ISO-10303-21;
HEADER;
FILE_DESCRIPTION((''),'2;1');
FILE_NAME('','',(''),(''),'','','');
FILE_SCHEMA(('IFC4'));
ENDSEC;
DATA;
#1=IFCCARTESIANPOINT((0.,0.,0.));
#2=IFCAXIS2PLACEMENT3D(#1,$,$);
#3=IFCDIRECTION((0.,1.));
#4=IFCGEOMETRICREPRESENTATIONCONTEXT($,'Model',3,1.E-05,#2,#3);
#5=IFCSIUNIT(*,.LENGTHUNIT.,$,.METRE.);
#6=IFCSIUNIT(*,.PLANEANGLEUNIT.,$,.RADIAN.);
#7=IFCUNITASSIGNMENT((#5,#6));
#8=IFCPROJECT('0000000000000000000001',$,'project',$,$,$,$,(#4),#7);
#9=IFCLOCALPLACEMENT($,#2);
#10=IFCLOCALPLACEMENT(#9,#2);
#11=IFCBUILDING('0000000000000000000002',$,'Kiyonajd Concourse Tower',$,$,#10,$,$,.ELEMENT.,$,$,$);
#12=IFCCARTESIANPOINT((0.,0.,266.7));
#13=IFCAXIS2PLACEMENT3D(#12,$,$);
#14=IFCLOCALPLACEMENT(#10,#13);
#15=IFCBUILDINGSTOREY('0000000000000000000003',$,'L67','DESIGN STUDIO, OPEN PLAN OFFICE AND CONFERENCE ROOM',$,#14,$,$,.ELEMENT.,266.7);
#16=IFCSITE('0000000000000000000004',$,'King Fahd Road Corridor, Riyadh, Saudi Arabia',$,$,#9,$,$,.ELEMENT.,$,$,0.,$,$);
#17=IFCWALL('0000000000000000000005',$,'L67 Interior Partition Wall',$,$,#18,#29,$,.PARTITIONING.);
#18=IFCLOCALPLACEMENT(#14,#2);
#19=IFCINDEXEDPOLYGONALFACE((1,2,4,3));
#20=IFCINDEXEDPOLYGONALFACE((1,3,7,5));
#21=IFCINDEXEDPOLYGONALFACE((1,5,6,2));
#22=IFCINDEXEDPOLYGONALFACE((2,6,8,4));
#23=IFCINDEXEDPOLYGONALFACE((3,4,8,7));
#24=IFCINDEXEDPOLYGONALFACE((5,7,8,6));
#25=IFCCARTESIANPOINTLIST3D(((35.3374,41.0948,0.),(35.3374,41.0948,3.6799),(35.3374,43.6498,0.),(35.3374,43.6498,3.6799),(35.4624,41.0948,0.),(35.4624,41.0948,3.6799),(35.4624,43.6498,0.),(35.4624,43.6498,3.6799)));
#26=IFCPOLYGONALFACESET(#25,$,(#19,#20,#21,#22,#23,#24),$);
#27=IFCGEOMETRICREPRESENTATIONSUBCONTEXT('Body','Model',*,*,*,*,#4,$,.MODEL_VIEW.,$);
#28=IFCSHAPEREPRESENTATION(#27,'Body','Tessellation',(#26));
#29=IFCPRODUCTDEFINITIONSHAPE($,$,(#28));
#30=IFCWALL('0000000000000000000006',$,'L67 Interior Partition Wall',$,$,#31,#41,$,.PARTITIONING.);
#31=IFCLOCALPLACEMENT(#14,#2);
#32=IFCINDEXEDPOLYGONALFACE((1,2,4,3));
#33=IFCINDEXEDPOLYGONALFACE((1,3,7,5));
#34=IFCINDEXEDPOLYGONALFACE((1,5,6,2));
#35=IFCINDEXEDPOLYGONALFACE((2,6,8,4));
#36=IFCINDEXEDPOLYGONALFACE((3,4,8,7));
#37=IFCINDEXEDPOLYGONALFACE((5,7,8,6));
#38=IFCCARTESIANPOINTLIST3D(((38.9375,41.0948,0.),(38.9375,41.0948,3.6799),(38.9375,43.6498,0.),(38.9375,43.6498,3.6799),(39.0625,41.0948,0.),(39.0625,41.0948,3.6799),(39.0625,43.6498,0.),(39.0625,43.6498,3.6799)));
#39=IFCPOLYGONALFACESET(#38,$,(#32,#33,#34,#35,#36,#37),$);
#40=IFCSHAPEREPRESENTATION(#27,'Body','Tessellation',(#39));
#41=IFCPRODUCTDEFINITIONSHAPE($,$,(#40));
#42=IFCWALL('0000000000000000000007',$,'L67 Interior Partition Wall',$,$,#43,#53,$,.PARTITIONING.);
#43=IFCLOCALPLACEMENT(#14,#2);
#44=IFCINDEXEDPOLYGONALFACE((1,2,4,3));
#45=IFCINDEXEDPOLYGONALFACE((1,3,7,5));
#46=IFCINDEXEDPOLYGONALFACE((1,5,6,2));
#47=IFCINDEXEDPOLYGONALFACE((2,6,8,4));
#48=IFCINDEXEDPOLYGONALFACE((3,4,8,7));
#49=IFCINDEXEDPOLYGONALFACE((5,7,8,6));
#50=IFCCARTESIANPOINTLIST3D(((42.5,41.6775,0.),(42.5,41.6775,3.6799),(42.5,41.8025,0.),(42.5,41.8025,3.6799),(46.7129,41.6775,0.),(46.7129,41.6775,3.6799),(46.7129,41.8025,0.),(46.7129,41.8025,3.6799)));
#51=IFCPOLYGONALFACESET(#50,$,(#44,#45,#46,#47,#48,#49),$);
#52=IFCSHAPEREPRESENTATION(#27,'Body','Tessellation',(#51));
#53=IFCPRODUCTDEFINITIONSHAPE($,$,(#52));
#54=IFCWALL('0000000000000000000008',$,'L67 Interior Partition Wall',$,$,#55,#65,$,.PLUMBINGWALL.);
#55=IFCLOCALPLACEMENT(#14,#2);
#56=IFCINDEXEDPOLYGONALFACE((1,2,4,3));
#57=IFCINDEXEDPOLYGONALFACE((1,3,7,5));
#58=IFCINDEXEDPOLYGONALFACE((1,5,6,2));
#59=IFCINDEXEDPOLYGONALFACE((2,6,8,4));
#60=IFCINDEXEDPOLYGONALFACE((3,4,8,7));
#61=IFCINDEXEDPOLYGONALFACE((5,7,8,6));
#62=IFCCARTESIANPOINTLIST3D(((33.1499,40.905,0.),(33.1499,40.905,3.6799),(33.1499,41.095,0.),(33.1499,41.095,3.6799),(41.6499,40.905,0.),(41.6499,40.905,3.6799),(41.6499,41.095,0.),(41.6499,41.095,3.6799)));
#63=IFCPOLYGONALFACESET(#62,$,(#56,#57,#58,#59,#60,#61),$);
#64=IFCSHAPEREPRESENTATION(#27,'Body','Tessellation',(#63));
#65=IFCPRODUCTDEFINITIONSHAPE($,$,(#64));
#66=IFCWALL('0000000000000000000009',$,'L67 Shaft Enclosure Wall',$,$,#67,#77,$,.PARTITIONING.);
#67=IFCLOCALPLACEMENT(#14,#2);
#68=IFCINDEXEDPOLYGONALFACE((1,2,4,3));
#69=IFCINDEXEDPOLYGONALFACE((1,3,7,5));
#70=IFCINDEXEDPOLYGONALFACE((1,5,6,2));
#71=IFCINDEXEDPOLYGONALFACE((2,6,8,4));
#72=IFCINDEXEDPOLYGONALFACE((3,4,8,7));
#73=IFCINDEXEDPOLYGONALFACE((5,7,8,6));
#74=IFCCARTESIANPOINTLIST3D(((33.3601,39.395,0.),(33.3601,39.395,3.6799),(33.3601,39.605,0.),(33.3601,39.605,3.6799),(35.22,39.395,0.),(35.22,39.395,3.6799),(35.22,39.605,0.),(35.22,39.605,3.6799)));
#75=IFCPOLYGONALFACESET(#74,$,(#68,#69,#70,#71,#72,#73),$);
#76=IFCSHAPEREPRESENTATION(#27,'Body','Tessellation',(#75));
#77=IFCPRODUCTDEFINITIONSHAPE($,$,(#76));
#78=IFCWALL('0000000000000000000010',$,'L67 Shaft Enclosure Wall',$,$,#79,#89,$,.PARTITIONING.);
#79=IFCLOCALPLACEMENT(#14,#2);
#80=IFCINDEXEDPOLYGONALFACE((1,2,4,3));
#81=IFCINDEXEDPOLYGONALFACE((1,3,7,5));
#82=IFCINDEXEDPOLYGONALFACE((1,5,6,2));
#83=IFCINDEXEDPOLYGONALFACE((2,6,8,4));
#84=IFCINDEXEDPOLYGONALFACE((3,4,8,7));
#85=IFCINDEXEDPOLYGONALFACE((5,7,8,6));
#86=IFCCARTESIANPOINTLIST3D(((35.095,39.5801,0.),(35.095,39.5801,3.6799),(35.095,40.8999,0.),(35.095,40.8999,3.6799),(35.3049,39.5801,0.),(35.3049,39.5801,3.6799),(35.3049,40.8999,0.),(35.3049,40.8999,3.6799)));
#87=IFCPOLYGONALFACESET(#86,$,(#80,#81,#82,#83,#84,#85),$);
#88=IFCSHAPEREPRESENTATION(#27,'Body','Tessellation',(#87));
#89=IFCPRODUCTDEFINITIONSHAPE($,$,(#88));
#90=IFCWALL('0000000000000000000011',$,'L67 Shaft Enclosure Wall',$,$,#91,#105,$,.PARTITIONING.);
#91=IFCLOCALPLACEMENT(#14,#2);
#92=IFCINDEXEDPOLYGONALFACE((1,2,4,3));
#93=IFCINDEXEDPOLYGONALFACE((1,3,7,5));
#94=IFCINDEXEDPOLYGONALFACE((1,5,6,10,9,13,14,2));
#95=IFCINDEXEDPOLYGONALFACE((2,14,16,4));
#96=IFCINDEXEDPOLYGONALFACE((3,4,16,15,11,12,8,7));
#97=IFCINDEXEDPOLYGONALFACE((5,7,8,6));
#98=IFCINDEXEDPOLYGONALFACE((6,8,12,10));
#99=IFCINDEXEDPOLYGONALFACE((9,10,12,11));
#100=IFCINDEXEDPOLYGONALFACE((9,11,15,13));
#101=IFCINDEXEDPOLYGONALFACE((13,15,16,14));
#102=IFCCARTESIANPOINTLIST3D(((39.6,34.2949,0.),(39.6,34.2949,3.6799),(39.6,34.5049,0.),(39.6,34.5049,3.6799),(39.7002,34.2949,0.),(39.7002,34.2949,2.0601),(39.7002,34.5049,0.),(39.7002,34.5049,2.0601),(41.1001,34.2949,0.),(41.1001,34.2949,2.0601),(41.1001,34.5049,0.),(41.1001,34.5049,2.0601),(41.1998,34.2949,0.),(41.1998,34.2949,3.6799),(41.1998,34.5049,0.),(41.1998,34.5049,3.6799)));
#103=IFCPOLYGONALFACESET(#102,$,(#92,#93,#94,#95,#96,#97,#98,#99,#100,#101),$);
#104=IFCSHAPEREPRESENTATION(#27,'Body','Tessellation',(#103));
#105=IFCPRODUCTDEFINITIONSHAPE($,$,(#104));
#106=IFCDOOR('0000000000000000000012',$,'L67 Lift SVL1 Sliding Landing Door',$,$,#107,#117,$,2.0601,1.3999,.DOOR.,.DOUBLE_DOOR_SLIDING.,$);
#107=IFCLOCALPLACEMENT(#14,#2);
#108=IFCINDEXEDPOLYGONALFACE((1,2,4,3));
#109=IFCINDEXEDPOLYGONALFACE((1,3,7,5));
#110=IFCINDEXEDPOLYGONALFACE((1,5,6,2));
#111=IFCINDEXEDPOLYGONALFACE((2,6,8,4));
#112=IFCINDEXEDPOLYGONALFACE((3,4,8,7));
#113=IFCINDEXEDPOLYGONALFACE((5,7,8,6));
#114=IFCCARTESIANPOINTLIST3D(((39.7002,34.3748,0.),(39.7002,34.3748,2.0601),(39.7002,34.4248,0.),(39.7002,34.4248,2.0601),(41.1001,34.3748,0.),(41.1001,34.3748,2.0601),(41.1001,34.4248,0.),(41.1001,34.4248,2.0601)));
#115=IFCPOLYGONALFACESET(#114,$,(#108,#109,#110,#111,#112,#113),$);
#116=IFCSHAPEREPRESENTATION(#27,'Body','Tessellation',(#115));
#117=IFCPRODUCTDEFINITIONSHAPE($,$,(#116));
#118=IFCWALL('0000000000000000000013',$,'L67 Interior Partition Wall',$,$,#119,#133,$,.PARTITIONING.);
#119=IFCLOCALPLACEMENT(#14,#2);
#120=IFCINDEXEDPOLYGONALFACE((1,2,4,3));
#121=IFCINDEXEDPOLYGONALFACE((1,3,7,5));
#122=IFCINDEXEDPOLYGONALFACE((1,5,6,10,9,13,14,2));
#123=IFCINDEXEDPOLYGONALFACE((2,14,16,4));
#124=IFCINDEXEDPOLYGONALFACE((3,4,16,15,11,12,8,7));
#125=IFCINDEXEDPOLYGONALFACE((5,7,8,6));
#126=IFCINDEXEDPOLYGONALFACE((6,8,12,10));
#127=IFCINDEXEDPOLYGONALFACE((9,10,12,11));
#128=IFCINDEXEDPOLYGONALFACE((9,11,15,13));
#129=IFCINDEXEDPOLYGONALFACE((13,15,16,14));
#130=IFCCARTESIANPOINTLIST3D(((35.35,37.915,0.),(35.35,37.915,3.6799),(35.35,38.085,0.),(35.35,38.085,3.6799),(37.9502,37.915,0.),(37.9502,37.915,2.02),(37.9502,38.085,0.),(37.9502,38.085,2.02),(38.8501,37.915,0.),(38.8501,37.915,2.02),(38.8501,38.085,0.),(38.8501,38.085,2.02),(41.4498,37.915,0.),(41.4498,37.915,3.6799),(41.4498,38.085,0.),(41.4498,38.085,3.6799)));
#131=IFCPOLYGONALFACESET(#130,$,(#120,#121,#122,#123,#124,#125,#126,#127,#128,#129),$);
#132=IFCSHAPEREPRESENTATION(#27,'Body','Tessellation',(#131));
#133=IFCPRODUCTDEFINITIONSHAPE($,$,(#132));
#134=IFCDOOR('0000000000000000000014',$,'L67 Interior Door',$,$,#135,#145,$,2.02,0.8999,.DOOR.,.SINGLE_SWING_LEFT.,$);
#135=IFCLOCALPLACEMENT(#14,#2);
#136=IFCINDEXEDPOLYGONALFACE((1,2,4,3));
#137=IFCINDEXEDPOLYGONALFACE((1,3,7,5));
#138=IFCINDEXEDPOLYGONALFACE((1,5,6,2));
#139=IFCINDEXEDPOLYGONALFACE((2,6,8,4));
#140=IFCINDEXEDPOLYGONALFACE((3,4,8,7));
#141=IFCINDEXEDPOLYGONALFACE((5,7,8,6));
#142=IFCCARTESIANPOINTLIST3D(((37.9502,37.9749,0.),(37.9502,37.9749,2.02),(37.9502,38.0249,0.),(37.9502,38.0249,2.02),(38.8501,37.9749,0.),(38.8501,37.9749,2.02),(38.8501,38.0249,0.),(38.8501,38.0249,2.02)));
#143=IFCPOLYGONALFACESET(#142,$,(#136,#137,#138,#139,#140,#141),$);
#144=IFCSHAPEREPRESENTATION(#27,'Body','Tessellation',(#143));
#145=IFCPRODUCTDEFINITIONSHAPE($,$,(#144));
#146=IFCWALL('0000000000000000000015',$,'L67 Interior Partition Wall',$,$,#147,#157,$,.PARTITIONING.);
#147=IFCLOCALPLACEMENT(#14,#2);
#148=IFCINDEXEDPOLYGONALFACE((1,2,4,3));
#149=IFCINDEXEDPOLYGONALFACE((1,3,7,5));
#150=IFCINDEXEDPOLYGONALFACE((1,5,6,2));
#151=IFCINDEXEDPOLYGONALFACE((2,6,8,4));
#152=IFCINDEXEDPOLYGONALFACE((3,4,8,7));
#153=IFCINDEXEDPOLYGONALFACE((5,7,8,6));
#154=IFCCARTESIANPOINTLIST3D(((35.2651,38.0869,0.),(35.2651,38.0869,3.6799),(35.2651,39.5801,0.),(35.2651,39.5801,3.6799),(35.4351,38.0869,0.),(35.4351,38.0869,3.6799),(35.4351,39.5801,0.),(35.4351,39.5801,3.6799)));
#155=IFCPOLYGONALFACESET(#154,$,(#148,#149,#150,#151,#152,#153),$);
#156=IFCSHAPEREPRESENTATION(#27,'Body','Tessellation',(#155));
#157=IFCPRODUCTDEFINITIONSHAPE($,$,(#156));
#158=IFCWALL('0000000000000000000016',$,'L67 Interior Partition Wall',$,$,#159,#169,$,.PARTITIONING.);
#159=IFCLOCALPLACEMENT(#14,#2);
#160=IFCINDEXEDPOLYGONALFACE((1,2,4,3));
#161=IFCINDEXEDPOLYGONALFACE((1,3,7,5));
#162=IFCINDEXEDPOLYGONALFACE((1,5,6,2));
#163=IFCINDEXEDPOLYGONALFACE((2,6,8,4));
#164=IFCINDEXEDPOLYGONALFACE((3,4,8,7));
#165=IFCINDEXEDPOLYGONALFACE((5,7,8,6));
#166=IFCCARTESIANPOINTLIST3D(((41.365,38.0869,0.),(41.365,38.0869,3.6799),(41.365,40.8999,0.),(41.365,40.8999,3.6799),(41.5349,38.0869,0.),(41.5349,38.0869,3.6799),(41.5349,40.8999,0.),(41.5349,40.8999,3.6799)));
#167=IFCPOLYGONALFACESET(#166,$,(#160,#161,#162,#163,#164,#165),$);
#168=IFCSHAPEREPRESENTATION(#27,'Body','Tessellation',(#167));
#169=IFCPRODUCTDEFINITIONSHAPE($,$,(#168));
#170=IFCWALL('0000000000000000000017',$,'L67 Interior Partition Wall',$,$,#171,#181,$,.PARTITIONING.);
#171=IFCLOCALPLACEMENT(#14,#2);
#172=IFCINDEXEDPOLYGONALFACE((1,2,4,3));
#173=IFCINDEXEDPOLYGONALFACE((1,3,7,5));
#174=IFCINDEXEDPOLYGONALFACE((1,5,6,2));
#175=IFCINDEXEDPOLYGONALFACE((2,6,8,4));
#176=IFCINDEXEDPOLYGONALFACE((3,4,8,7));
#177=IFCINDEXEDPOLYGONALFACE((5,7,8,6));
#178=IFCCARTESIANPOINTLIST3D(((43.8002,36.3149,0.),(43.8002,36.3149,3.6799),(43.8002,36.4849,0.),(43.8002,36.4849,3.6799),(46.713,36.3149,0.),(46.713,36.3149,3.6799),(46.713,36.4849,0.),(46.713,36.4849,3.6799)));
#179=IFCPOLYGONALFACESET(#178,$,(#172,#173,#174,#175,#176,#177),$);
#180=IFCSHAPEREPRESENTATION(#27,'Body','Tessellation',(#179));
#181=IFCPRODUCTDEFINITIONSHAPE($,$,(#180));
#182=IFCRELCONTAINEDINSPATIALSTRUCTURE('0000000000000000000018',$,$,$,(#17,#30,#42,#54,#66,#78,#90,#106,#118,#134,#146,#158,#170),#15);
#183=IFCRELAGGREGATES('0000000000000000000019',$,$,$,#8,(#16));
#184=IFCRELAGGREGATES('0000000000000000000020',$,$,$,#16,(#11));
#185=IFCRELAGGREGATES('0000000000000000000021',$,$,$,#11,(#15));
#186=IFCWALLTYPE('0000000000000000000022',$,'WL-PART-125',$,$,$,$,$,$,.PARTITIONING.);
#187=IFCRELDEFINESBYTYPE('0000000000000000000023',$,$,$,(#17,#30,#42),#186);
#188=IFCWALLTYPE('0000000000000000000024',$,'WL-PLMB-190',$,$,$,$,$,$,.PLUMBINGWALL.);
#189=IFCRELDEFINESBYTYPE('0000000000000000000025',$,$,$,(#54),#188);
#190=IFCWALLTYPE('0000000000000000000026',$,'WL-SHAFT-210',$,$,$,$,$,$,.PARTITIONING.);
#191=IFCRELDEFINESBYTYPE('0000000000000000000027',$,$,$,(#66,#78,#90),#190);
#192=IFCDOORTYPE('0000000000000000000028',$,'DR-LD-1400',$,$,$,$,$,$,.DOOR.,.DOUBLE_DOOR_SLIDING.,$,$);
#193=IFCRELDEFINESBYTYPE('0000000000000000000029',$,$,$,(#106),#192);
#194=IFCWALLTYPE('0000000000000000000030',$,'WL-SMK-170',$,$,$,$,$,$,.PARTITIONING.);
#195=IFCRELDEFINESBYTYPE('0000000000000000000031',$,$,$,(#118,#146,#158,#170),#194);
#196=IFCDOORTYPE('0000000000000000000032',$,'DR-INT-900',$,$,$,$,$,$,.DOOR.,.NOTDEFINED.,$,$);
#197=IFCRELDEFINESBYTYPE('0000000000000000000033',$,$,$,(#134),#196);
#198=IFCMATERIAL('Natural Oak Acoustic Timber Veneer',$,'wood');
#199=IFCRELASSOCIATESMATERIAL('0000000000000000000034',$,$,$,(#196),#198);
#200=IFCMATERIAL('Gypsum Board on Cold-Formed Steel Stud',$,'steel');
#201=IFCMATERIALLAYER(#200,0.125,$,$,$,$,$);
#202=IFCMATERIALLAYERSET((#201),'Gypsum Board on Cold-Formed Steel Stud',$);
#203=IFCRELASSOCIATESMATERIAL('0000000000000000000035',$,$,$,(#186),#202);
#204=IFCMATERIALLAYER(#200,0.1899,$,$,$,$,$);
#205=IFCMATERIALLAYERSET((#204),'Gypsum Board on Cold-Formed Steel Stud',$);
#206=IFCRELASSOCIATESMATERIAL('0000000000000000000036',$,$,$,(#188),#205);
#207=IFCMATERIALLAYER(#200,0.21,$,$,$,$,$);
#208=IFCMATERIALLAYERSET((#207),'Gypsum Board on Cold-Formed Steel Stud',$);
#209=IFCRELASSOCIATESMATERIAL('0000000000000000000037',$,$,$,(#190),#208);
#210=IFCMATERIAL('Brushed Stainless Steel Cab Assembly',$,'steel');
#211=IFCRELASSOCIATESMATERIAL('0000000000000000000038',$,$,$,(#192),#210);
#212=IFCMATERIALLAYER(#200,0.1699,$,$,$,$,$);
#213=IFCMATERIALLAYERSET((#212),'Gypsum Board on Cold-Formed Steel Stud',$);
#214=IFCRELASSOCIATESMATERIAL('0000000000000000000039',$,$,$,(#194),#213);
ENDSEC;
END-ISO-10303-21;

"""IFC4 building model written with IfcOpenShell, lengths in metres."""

from ifc_helpers import new_model, si_unit, direction, frame, frame_2d, origin, place, context, subcontext, project, spatial, rectangle, extrude, material, layer, layer_set, type_object, element, fill, save


model = new_model("IFC4")

# Units and contexts
model_context = context("Model", 3, precision=1e-05, world=origin(), true_north=direction((0.0, 1.0)))
body_context = subcontext(model_context, "Body", "Model", "MODEL_VIEW")
ifc_project = project(units=[si_unit("LENGTHUNIT", "METRE"), si_unit("PLANEANGLEUNIT", "RADIAN")], contexts=[model_context])

# Site, building, storey
site_placement = place(None, origin())
site = spatial("IfcSite", under=ifc_project, at=site_placement, Name="King Fahd Road Corridor, Riyadh, Saudi Arabia", CompositionType="ELEMENT", RefElevation=0.0)
building_placement = place(site_placement, origin())
building = spatial("IfcBuilding", under=site, at=building_placement, Name="Kiyonajd Concourse Tower", CompositionType="ELEMENT")
storey_placement = place(building_placement, frame((0.0, 0.0, 266.7)))
storey = spatial("IfcBuildingStorey", under=building, at=storey_placement, Name="L67", Description="DESIGN STUDIO, OPEN PLAN OFFICE AND CONFERENCE ROOM", CompositionType="ELEMENT", Elevation=266.7)

# Shared definitions
ifc_material_1 = material(Name="Natural Oak Acoustic Timber Veneer", Category="wood")
door_type_1 = type_object("IfcDoorType", Name="DR-INT-900", OperationType="NOTDEFINED", PredefinedType="DOOR", material=ifc_material_1)

# Walls
ifc_material_2 = material(Name="Gypsum Board on Cold-Formed Steel Stud", Category="steel")
ifc_layer_1 = layer(ifc_material_2, 0.125)
ifc_layer_set_1 = layer_set([ifc_layer_1], Name="Gypsum Board on Cold-Formed Steel Stud")
wall_type_1 = type_object("IfcWallType", Name="WL-PART-125", PredefinedType="PARTITIONING", material=ifc_layer_set_1)
for number, where, z_axis, x_axis, name in (
    (1, (35.3999, 41.095, 0.0), (0.0, 0.0, 1.0), (0.0, 1.0, 0.0), "L67 Interior Partition Wall"),
    (2, (39.0, 41.095, 0.0), (0.0, 0.0, 1.0), (0.0, 1.0, 0.0), "L67 Interior Partition Wall"),
):
    element("IfcWall", number, at=place(storey_placement, frame(where, z_axis=z_axis, x_axis=x_axis)), inside=storey, type_object=wall_type_1, Name=name, PredefinedType="PARTITIONING", context=body_context, shape_type="SweptSolid", body=[
        extrude(rectangle(XDim=2.5549, YDim=0.125, at=frame_2d((1.2773, 0.0))), origin(), (0.0, 0.0, 1.0), 3.6799),
    ])
wall_1_placement = place(storey_placement, frame((42.5, 41.74, 0.0), z_axis=(0.0, 0.0, 1.0), x_axis=(1.0, 0.0, 0.0)))
element("IfcWall", 3, at=wall_1_placement, inside=storey, type_object=wall_type_1, Name="L67 Interior Partition Wall", PredefinedType="PARTITIONING", context=body_context, shape_type="SweptSolid", body=[
    extrude(rectangle(XDim=4.2129, YDim=0.125, at=frame_2d((2.1064, 0.0))), origin(), (0.0, 0.0, 1.0), 3.6799),
])
ifc_layer_2 = layer(ifc_material_2, 0.1899)
ifc_layer_set_2 = layer_set([ifc_layer_2], Name="Gypsum Board on Cold-Formed Steel Stud")
wall_type_2 = type_object("IfcWallType", Name="WL-PLMB-190", PredefinedType="PLUMBINGWALL", material=ifc_layer_set_2)
wall_2_placement = place(storey_placement, frame((33.1499, 41.0, 0.0), z_axis=(0.0, 0.0, 1.0), x_axis=(1.0, 0.0, 0.0)))
element("IfcWall", 4, at=wall_2_placement, inside=storey, type_object=wall_type_2, Name="L67 Interior Partition Wall", PredefinedType="PLUMBINGWALL", context=body_context, shape_type="SweptSolid", body=[
    extrude(rectangle(XDim=8.5, YDim=0.1899, at=frame_2d((4.25, 0.0))), origin(), (0.0, 0.0, 1.0), 3.6799),
])
ifc_layer_3 = layer(ifc_material_2, 0.21)
ifc_layer_set_3 = layer_set([ifc_layer_3], Name="Gypsum Board on Cold-Formed Steel Stud")
wall_type_3 = type_object("IfcWallType", Name="WL-SHAFT-210", PredefinedType="PARTITIONING", material=ifc_layer_set_3)
wall_3_placement = place(storey_placement, frame((33.3601, 39.5, 0.0), z_axis=(0.0, 0.0, 1.0), x_axis=(1.0, 0.0, 0.0)))
element("IfcWall", 5, at=wall_3_placement, inside=storey, type_object=wall_type_3, Name="L67 Shaft Enclosure Wall", PredefinedType="PARTITIONING", context=body_context, shape_type="SweptSolid", body=[
    extrude(rectangle(XDim=1.8599, YDim=0.21, at=frame_2d((0.9299, 0.0))), origin(), (0.0, 0.0, 1.0), 3.6799),
])
wall_4_placement = place(storey_placement, frame((35.2, 39.5801, 0.0), z_axis=(0.0, 0.0, 1.0), x_axis=(0.0, 1.0, 0.0)))
element("IfcWall", 6, at=wall_4_placement, inside=storey, type_object=wall_type_3, Name="L67 Shaft Enclosure Wall", PredefinedType="PARTITIONING", context=body_context, shape_type="SweptSolid", body=[
    extrude(rectangle(XDim=1.3198, YDim=0.21, at=frame_2d((0.6599, 0.0))), origin(), (0.0, 0.0, 1.0), 3.6799),
])

# Walls, openings, doors
wall_5_placement = place(storey_placement, frame((39.6001, 34.3999, 0.0), z_axis=(0.0, 0.0, 1.0), x_axis=(1.0, 0.0, 0.0)))
wall_5 = element("IfcWall", 7, at=wall_5_placement, inside=storey, type_object=wall_type_3, Name="L67 Shaft Enclosure Wall", PredefinedType="PARTITIONING", context=body_context, shape_type="SweptSolid", body=[
    extrude(rectangle(XDim=1.5999, YDim=0.21, at=frame_2d((0.7998, 0.0))), origin(), (0.0, 0.0, 1.0), 3.6799),
])
opening_1_placement = place(wall_5_placement, frame((0.1001, 0.0, 0.0)))
opening_1 = element("IfcOpeningElement", 8, at=opening_1_placement, cuts=wall_5, PredefinedType="OPENING", context=body_context, shape_type="SweptSolid", body=[
    extrude(rectangle(XDim=1.3999, YDim=2.0601, at=frame_2d((0.7, 1.03))), frame((0.0, 0.115, 0.0), z_axis=(0.0, -1.0, 0.0), x_axis=(1.0, 0.0, 0.0)), (0.0, 0.0, 1.0), 0.23),
])
ifc_material_3 = material(Name="Brushed Stainless Steel Cab Assembly", Category="steel")
door_type_2 = type_object("IfcDoorType", Name="DR-LD-1400", OperationType="DOUBLE_DOOR_SLIDING", PredefinedType="DOOR", material=ifc_material_3)
door_1_placement = place(opening_1_placement, origin())
door_1 = element("IfcDoor", 9, at=door_1_placement, inside=storey, type_object=door_type_2, Name="L67 Lift SVL1 Sliding Landing Door", OperationType="DOUBLE_DOOR_SLIDING", OverallHeight=2.0601, OverallWidth=1.3999, PredefinedType="DOOR", context=body_context, shape_type="SweptSolid", body=[
    extrude(rectangle(XDim=1.3999, YDim=2.0601, at=frame_2d((0.7, 1.03))), frame((0.0, 0.0249, 0.0), z_axis=(0.0, -1.0, 0.0), x_axis=(1.0, 0.0, 0.0)), (0.0, 0.0, 1.0), 0.05),
])
fill(opening_1, door_1)
ifc_layer_4 = layer(ifc_material_2, 0.1699)
ifc_layer_set_4 = layer_set([ifc_layer_4], Name="Gypsum Board on Cold-Formed Steel Stud")
wall_type_4 = type_object("IfcWallType", Name="WL-SMK-170", PredefinedType="PARTITIONING", material=ifc_layer_set_4)
wall_6_placement = place(storey_placement, frame((35.3501, 38.0, 0.0), z_axis=(0.0, 0.0, 1.0), x_axis=(1.0, 0.0, 0.0)))
wall_6 = element("IfcWall", 10, at=wall_6_placement, inside=storey, type_object=wall_type_4, Name="L67 Interior Partition Wall", PredefinedType="PARTITIONING", context=body_context, shape_type="SweptSolid", body=[
    extrude(rectangle(XDim=6.0999, YDim=0.1699, at=frame_2d((3.0498, 0.0))), origin(), (0.0, 0.0, 1.0), 3.6799),
])
opening_2_placement = place(wall_6_placement, frame((2.6001, 0.0, 0.0)))
opening_2 = element("IfcOpeningElement", 11, at=opening_2_placement, cuts=wall_6, PredefinedType="OPENING", context=body_context, shape_type="SweptSolid", body=[
    extrude(rectangle(XDim=0.8999, YDim=2.02, at=frame_2d((0.45, 1.01))), frame((0.0, 0.095, 0.0), z_axis=(0.0, -1.0, 0.0), x_axis=(1.0, 0.0, 0.0)), (0.0, 0.0, 1.0), 0.1899),
])
door_2_placement = place(opening_2_placement, origin())
door_2 = element("IfcDoor", 12, at=door_2_placement, inside=storey, type_object=door_type_1, Name="L67 Interior Door", OperationType="SINGLE_SWING_LEFT", OverallHeight=2.02, OverallWidth=0.8999, PredefinedType="DOOR", context=body_context, shape_type="SweptSolid", body=[
    extrude(rectangle(XDim=0.8999, YDim=2.02, at=frame_2d((0.45, 1.01))), frame((0.0, 0.0249, 0.0), z_axis=(0.0, -1.0, 0.0), x_axis=(1.0, 0.0, 0.0)), (0.0, 0.0, 1.0), 0.05),
])
fill(opening_2, door_2)

# Walls
wall_7_placement = place(storey_placement, frame((35.3501, 38.0869, 0.0), z_axis=(0.0, 0.0, 1.0), x_axis=(0.0, 1.0, 0.0)))
element("IfcWall", 13, at=wall_7_placement, inside=storey, type_object=wall_type_4, Name="L67 Interior Partition Wall", PredefinedType="PARTITIONING", context=body_context, shape_type="SweptSolid", body=[
    extrude(rectangle(XDim=1.4932, YDim=0.1699, at=frame_2d((0.7466, 0.0))), origin(), (0.0, 0.0, 1.0), 3.6799),
])
wall_8_placement = place(storey_placement, frame((41.45, 38.0869, 0.0), z_axis=(0.0, 0.0, 1.0), x_axis=(0.0, 1.0, 0.0)))
element("IfcWall", 14, at=wall_8_placement, inside=storey, type_object=wall_type_4, Name="L67 Interior Partition Wall", PredefinedType="PARTITIONING", context=body_context, shape_type="SweptSolid", body=[
    extrude(rectangle(XDim=2.813, YDim=0.1699, at=frame_2d((1.4065, 0.0))), origin(), (0.0, 0.0, 1.0), 3.6799),
])
wall_9_placement = place(storey_placement, frame((43.8, 36.3999, 0.0), z_axis=(0.0, 0.0, 1.0), x_axis=(1.0, 0.0, 0.0)))
element("IfcWall", 15, at=wall_9_placement, inside=storey, type_object=wall_type_4, Name="L67 Interior Partition Wall", PredefinedType="PARTITIONING", context=body_context, shape_type="SweptSolid", body=[
    extrude(rectangle(XDim=2.9128, YDim=0.1699, at=frame_2d((1.4565, 0.0))), origin(), (0.0, 0.0, 1.0), 3.6799),
])

save(model, "model.ifc")
